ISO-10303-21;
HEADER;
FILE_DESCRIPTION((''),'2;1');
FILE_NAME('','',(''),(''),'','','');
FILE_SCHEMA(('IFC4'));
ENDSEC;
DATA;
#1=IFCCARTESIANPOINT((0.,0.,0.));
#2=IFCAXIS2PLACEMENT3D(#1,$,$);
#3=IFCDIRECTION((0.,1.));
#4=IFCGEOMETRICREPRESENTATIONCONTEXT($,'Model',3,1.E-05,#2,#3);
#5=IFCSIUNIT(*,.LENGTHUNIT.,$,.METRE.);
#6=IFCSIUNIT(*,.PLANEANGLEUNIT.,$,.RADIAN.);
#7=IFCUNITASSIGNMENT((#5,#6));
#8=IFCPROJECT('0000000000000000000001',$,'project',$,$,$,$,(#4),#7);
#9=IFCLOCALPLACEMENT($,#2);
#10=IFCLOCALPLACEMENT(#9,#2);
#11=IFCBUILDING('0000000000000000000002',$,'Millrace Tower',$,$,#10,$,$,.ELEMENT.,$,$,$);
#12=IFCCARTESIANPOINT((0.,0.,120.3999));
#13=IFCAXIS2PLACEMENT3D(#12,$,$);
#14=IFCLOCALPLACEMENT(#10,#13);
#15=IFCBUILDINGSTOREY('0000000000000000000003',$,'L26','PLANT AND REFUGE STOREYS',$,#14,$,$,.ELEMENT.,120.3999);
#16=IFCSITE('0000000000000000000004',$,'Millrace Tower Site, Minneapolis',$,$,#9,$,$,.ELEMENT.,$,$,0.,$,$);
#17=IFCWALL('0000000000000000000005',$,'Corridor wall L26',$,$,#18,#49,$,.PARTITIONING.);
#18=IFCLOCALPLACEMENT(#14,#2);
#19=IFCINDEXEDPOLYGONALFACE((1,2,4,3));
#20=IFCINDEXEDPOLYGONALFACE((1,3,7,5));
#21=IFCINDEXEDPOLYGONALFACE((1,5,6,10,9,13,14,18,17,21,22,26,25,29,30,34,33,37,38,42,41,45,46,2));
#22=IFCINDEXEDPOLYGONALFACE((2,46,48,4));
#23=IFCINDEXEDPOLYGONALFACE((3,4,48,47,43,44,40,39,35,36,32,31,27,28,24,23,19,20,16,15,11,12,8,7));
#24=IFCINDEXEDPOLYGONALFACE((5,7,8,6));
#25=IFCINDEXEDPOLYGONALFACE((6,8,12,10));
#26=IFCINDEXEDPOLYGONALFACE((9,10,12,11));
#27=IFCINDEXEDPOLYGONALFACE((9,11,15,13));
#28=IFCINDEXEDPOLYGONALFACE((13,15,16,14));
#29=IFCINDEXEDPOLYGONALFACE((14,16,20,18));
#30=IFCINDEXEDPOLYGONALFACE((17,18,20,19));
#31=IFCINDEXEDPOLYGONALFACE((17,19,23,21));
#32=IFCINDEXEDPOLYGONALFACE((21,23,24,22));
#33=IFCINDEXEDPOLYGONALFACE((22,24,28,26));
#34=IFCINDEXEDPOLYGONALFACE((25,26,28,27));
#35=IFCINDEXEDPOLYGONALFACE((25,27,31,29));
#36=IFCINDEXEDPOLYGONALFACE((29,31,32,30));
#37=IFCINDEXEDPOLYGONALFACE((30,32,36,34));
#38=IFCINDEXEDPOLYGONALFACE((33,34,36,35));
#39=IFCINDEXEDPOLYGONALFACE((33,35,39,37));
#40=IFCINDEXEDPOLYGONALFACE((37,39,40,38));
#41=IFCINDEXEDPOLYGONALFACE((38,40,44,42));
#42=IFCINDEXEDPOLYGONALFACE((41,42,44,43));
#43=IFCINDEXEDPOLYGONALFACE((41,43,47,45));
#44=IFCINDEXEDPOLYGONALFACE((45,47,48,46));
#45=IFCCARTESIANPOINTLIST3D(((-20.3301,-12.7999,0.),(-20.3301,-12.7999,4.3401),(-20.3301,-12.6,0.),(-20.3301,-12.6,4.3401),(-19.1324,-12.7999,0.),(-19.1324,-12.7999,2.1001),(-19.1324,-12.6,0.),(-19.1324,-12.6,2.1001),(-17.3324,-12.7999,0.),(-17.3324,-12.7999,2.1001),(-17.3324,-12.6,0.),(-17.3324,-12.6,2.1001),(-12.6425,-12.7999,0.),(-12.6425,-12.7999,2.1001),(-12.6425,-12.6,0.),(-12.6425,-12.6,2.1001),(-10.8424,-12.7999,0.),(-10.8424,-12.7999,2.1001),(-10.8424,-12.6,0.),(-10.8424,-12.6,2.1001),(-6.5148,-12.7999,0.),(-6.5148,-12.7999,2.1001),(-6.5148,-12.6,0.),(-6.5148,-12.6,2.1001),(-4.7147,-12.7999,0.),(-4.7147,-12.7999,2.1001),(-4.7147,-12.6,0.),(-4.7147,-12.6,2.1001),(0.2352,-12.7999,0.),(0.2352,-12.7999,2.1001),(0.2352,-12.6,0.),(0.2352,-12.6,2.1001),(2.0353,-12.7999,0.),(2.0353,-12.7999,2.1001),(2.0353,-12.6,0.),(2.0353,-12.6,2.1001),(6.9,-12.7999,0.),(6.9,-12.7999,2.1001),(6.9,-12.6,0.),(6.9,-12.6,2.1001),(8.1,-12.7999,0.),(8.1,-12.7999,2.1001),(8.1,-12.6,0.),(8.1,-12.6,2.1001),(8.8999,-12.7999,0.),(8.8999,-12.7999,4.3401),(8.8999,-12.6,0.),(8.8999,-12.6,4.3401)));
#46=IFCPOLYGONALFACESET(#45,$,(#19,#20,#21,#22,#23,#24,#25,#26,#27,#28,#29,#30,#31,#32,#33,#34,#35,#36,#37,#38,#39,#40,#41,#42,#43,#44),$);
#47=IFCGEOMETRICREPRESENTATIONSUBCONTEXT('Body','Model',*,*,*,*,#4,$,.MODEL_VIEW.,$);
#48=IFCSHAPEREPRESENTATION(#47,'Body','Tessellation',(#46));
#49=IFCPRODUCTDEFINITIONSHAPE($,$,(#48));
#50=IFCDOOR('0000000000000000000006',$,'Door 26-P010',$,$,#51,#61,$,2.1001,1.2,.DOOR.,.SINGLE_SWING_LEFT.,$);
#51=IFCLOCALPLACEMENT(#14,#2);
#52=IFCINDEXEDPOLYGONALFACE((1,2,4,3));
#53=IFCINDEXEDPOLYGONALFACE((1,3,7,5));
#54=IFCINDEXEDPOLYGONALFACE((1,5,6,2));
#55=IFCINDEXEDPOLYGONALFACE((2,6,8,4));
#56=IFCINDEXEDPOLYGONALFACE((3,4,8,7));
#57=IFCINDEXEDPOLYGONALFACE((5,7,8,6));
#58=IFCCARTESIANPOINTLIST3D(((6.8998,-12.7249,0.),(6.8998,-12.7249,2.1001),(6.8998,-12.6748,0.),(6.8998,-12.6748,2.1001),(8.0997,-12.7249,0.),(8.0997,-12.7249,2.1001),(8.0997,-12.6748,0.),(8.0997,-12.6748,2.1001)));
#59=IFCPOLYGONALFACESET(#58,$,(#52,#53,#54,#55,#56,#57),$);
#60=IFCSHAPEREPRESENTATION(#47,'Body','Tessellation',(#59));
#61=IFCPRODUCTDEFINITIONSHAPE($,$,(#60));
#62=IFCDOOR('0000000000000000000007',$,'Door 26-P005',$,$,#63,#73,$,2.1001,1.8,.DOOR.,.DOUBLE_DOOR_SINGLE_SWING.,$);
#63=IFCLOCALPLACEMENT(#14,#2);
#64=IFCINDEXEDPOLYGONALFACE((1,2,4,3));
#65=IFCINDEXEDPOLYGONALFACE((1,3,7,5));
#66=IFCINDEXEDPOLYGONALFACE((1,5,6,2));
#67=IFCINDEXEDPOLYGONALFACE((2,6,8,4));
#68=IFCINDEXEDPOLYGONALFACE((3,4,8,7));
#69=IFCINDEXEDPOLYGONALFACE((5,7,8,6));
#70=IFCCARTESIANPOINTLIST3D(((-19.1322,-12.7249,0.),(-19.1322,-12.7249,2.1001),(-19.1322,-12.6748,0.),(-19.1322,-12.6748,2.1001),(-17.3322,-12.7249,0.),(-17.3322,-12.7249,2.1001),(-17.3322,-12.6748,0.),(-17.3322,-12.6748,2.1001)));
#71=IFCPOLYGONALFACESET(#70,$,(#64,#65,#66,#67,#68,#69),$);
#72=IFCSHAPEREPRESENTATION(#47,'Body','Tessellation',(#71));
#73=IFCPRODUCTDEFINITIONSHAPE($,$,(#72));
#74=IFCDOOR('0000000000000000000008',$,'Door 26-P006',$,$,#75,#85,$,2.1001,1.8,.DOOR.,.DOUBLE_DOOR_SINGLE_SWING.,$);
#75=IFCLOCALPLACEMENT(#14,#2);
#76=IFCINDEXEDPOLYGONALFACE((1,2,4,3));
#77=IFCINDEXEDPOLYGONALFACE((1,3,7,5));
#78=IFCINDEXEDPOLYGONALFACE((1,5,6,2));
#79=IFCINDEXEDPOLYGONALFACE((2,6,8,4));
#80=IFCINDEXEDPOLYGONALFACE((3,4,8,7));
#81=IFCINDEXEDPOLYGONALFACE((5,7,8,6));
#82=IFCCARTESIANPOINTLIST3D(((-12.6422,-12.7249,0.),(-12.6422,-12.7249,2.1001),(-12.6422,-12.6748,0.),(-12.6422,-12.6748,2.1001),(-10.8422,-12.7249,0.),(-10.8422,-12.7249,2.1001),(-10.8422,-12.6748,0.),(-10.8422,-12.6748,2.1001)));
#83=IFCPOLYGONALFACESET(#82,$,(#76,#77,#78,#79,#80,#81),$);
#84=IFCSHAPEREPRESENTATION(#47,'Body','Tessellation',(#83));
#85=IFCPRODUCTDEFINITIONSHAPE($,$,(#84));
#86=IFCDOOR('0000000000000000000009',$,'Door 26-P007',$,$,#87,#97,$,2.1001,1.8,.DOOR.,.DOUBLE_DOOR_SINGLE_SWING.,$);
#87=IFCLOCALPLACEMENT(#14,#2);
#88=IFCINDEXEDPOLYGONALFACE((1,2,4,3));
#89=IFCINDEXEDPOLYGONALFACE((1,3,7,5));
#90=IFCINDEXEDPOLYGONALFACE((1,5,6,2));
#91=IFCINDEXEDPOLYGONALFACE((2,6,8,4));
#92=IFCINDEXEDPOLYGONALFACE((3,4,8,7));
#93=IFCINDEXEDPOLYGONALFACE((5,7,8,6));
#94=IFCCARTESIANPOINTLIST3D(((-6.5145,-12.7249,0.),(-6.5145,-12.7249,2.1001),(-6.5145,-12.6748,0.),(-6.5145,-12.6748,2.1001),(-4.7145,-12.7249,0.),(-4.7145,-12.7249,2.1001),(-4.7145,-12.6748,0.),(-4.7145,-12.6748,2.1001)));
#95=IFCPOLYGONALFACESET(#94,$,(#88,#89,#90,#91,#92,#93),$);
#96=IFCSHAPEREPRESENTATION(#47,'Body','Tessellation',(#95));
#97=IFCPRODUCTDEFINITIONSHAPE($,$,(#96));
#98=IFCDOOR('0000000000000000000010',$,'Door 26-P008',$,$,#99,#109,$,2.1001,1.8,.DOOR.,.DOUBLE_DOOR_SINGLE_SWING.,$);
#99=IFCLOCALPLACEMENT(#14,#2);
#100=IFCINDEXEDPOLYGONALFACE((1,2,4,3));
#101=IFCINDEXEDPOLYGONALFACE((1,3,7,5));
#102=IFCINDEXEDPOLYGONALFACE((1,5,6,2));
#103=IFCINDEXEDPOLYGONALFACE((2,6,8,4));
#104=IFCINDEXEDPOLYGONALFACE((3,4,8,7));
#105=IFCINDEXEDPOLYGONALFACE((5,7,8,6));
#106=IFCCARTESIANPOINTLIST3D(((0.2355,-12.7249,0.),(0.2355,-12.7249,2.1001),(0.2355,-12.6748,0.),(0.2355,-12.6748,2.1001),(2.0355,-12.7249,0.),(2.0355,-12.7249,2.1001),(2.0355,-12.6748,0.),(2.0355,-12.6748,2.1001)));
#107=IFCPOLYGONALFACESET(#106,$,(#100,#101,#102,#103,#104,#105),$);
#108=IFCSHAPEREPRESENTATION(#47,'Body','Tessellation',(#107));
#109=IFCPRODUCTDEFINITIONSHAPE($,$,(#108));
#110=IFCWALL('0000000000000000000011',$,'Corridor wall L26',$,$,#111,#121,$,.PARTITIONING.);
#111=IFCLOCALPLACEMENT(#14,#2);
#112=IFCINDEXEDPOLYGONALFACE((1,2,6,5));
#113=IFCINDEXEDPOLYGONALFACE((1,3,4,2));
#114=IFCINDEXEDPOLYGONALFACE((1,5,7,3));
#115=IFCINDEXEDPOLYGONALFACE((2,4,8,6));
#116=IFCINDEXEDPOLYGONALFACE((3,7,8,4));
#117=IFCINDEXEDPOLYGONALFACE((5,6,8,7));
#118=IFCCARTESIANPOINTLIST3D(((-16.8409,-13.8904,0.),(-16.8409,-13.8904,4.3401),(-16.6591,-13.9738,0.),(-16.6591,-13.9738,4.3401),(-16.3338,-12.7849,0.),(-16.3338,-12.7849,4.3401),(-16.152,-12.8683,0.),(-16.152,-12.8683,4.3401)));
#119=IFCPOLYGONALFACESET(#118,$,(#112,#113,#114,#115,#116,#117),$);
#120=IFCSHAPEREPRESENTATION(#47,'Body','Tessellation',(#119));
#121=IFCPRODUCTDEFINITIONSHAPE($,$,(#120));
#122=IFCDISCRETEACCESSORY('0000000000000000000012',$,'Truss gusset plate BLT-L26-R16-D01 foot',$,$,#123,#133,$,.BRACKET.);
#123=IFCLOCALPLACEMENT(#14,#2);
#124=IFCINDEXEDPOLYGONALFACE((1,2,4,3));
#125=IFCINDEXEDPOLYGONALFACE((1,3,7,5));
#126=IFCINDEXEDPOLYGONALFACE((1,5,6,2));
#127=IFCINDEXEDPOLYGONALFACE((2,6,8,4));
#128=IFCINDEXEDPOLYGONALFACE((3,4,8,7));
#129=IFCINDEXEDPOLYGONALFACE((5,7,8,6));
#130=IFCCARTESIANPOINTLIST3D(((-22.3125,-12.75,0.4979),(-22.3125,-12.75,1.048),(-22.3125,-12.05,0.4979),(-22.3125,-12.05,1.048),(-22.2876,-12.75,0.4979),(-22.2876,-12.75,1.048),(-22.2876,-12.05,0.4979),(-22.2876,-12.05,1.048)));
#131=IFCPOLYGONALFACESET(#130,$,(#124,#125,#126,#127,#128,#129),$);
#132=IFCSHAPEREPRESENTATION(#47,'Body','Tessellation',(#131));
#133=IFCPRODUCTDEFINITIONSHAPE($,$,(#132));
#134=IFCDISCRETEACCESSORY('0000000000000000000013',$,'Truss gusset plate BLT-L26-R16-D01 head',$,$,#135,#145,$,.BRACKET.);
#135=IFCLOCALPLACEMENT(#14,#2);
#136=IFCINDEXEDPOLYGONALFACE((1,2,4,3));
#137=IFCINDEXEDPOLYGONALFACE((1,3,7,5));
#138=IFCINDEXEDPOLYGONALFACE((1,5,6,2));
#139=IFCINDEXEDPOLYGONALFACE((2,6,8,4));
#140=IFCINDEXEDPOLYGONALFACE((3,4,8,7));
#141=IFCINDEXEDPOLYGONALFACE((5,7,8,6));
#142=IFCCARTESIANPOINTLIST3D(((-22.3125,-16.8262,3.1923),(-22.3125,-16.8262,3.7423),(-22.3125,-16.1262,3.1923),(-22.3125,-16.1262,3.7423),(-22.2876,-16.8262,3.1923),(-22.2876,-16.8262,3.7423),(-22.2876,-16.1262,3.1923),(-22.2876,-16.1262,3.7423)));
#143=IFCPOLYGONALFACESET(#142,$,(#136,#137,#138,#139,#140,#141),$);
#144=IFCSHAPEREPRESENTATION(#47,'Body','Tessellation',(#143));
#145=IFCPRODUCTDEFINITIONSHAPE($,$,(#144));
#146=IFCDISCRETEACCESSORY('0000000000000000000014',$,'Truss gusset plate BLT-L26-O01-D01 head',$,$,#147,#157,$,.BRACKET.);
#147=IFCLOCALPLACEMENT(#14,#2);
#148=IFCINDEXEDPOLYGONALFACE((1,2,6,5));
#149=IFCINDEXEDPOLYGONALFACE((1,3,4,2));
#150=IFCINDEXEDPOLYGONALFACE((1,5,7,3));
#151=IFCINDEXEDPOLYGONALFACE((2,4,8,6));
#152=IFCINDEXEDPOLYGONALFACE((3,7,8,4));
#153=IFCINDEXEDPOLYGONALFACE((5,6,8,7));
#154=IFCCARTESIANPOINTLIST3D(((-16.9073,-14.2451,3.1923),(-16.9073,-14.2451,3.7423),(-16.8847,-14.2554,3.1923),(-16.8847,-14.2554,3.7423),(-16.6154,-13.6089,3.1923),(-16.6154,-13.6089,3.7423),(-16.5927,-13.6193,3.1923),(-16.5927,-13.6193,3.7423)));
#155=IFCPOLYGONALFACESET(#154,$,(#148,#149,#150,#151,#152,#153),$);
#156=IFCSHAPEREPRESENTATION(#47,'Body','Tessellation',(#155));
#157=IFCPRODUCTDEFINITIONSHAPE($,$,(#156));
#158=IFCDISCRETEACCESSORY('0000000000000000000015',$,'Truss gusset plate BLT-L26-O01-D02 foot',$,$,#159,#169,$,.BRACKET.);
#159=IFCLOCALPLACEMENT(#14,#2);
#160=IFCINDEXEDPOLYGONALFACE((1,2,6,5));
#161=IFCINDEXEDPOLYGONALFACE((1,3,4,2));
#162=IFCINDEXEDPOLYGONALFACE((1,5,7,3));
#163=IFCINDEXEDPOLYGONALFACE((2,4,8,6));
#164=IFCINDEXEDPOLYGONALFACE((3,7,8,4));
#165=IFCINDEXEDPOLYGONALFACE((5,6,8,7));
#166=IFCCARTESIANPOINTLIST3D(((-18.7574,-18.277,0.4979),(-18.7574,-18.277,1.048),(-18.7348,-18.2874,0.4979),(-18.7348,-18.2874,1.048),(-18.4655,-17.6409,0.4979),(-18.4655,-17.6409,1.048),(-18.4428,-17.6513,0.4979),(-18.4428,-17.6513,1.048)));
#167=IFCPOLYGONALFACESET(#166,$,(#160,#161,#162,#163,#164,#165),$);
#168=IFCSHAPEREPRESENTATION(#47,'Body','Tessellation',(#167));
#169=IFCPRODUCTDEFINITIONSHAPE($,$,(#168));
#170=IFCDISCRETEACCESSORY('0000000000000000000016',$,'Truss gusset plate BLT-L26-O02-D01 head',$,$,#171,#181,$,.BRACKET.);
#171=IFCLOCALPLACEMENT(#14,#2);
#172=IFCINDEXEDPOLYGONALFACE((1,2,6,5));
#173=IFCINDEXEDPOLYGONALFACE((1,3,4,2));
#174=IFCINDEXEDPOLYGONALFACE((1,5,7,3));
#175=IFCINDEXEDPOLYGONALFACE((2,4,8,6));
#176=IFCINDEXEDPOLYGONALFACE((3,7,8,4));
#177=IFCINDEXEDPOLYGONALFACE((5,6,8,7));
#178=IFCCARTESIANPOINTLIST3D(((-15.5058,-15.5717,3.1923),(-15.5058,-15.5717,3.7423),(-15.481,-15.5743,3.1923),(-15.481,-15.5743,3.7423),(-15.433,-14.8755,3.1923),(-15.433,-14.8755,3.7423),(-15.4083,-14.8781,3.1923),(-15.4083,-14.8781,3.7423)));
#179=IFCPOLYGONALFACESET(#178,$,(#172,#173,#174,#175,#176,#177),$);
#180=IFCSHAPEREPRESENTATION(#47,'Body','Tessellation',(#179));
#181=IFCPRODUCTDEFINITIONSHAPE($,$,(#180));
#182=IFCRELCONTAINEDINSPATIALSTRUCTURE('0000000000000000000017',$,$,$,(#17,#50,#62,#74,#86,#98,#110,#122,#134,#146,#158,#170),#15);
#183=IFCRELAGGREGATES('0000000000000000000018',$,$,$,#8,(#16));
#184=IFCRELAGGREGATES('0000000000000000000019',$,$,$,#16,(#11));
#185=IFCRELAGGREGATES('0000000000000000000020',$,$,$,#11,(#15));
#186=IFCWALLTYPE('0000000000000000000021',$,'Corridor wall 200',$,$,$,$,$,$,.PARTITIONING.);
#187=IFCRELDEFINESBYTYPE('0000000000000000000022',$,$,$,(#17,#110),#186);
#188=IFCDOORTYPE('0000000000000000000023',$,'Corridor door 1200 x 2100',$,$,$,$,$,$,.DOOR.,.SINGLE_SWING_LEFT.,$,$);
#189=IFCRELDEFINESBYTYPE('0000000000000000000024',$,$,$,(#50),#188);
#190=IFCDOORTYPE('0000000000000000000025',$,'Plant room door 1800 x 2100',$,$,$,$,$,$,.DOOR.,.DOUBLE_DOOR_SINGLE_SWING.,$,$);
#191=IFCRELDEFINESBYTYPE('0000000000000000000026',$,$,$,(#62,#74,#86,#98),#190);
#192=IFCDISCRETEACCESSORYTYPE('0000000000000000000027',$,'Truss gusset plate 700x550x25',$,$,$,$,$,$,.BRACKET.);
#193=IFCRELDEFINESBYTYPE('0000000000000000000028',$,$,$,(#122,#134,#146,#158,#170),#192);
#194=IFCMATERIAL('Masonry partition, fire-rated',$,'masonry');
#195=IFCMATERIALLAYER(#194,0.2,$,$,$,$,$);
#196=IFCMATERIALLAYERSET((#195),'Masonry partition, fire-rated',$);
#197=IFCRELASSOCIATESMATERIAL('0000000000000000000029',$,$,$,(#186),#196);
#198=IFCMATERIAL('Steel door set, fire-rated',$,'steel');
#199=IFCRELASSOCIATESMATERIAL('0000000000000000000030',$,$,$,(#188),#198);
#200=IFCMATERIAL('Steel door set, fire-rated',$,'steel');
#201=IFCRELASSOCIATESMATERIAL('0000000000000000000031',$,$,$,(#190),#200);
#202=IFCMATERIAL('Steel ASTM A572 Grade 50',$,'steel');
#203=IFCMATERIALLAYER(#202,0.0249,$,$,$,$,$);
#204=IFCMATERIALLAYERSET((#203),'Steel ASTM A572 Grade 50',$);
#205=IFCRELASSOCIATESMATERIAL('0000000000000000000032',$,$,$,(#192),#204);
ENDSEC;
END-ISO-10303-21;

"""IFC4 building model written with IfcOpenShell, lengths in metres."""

from ifc_helpers import new_model, si_unit, direction, frame, frame_2d, origin, origin_2d, place, context, subcontext, project, spatial, rectangle, extrude, material, layer, layer_set, type_object, element, fill, save


model = new_model("IFC4")

# Units and contexts
model_context = context("Model", 3, precision=1e-05, world=origin(), true_north=direction((0.0, 1.0)))
body_context = subcontext(model_context, "Body", "Model", "MODEL_VIEW")
ifc_project = project(units=[si_unit("LENGTHUNIT", "METRE"), si_unit("PLANEANGLEUNIT", "RADIAN")], contexts=[model_context])

# Site, building, storey
site_placement = place(None, origin())
site = spatial("IfcSite", under=ifc_project, at=site_placement, Name="Millrace Tower Site, Minneapolis", CompositionType="ELEMENT", RefElevation=0.0)
building_placement = place(site_placement, origin())
building = spatial("IfcBuilding", under=site, at=building_placement, Name="Millrace Tower", CompositionType="ELEMENT")
storey_placement = place(building_placement, frame((0.0, 0.0, 120.3999)))
storey = spatial("IfcBuildingStorey", under=building, at=storey_placement, Name="L26", Description="PLANT AND REFUGE STOREYS", CompositionType="ELEMENT", Elevation=120.3999)

# Wall, openings, doors
ifc_material_1 = material(Name="Masonry partition, fire-rated", Category="masonry")
ifc_layer_1 = layer(ifc_material_1, 0.2)
ifc_layer_set_1 = layer_set([ifc_layer_1], Name="Masonry partition, fire-rated")
wall_type = type_object("IfcWallType", Name="Corridor wall 200", PredefinedType="PARTITIONING", material=ifc_layer_set_1)
wall_1_placement = place(storey_placement, frame((-20.3301, -12.7, 0.0), z_axis=(0.0, 0.0, 1.0), x_axis=(1.0, 0.0, 0.0)))
wall_1 = element("IfcWall", 1, at=wall_1_placement, inside=storey, type_object=wall_type, Name="Corridor wall L26", PredefinedType="PARTITIONING", context=body_context, shape_type="SweptSolid", body=[
    extrude(rectangle(XDim=29.23, YDim=0.2, at=frame_2d((14.615, 0.0))), origin(), (0.0, 0.0, 1.0), 4.3401),
])
opening_1_placement = place(wall_1_placement, frame((1.1978, 0.0, 0.0)))
opening_1 = element("IfcOpeningElement", 2, at=opening_1_placement, cuts=wall_1, PredefinedType="OPENING", context=body_context, shape_type="SweptSolid", body=[
    extrude(rectangle(XDim=1.8, YDim=2.1001, at=frame_2d((0.8999, 1.05))), frame((0.0, 0.1099, 0.0), z_axis=(0.0, -1.0, 0.0), x_axis=(1.0, 0.0, 0.0)), (0.0, 0.0, 1.0), 0.22),
])
opening_2_placement = place(wall_1_placement, frame((7.6877, 0.0, 0.0)))
opening_2 = element("IfcOpeningElement", 3, at=opening_2_placement, cuts=wall_1, PredefinedType="OPENING", context=body_context, shape_type="SweptSolid", body=[
    extrude(rectangle(XDim=1.8, YDim=2.1001, at=frame_2d((0.8999, 1.05))), frame((0.0, 0.1099, 0.0), z_axis=(0.0, -1.0, 0.0), x_axis=(1.0, 0.0, 0.0)), (0.0, 0.0, 1.0), 0.22),
])
opening_3_placement = place(wall_1_placement, frame((13.8154, 0.0, 0.0)))
opening_3 = element("IfcOpeningElement", 4, at=opening_3_placement, cuts=wall_1, PredefinedType="OPENING", context=body_context, shape_type="SweptSolid", body=[
    extrude(rectangle(XDim=1.8, YDim=2.1001, at=frame_2d((0.8999, 1.05))), frame((0.0, 0.1099, 0.0), z_axis=(0.0, -1.0, 0.0), x_axis=(1.0, 0.0, 0.0)), (0.0, 0.0, 1.0), 0.22),
])
opening_4_placement = place(wall_1_placement, frame((20.5654, 0.0, 0.0)))
opening_4 = element("IfcOpeningElement", 5, at=opening_4_placement, cuts=wall_1, PredefinedType="OPENING", context=body_context, shape_type="SweptSolid", body=[
    extrude(rectangle(XDim=1.8, YDim=2.1001, at=frame_2d((0.8999, 1.05))), frame((0.0, 0.1099, 0.0), z_axis=(0.0, -1.0, 0.0), x_axis=(1.0, 0.0, 0.0)), (0.0, 0.0, 1.0), 0.22),
])
opening_5_placement = place(wall_1_placement, frame((27.23, 0.0, 0.0)))
opening_5 = element("IfcOpeningElement", 6, at=opening_5_placement, cuts=wall_1, PredefinedType="OPENING", context=body_context, shape_type="SweptSolid", body=[
    extrude(rectangle(XDim=1.2, YDim=2.1001, at=frame_2d((0.6001, 1.05))), frame((0.0, 0.1099, 0.0), z_axis=(0.0, -1.0, 0.0), x_axis=(1.0, 0.0, 0.0)), (0.0, 0.0, 1.0), 0.22),
])
ifc_material_2 = material(Name="Steel door set, fire-rated", Category="steel")
door_type_1 = type_object("IfcDoorType", Name="Corridor door 1200 x 2100", OperationType="SINGLE_SWING_LEFT", PredefinedType="DOOR", material=ifc_material_2)
door_1_placement = place(opening_5_placement, frame((1.2, 0.0, 0.0), z_axis=(0.0, 0.0, 1.0), x_axis=(-1.0, 0.0, 0.0)))
door_1 = element("IfcDoor", 7, at=door_1_placement, inside=storey, type_object=door_type_1, Name="Door 26-P010", OperationType="SINGLE_SWING_LEFT", OverallHeight=2.1001, OverallWidth=1.2, PredefinedType="DOOR", context=body_context, shape_type="SweptSolid", body=[
    extrude(rectangle(XDim=1.2, YDim=2.1001, at=frame_2d((0.6001, 1.05))), frame((0.0, 0.0249, 0.0), z_axis=(0.0, -1.0, 0.0), x_axis=(1.0, 0.0, 0.0)), (0.0, 0.0, 1.0), 0.05),
])
fill(opening_5, door_1)
ifc_material_3 = material(Name="Steel door set, fire-rated", Category="steel")
door_type_2 = type_object("IfcDoorType", Name="Plant room door 1800 x 2100", OperationType="DOUBLE_DOOR_SINGLE_SWING", PredefinedType="DOOR", material=ifc_material_3)
door_2_placement = place(opening_1_placement, frame((1.8, 0.0, 0.0), z_axis=(0.0, 0.0, 1.0), x_axis=(-1.0, 0.0, 0.0)))
door_2 = element("IfcDoor", 8, at=door_2_placement, inside=storey, type_object=door_type_2, Name="Door 26-P005", OperationType="DOUBLE_DOOR_SINGLE_SWING", OverallHeight=2.1001, OverallWidth=1.8, PredefinedType="DOOR", context=body_context, shape_type="SweptSolid", body=[
    extrude(rectangle(XDim=1.8, YDim=2.1001, at=frame_2d((0.8999, 1.05))), frame((0.0, 0.0249, 0.0), z_axis=(0.0, -1.0, 0.0), x_axis=(1.0, 0.0, 0.0)), (0.0, 0.0, 1.0), 0.05),
])
fill(opening_1, door_2)
door_3_placement = place(opening_2_placement, frame((1.8, 0.0, 0.0), z_axis=(0.0, 0.0, 1.0), x_axis=(-1.0, 0.0, 0.0)))
door_3 = element("IfcDoor", 9, at=door_3_placement, inside=storey, type_object=door_type_2, Name="Door 26-P006", OperationType="DOUBLE_DOOR_SINGLE_SWING", OverallHeight=2.1001, OverallWidth=1.8, PredefinedType="DOOR", context=body_context, shape_type="SweptSolid", body=[
    extrude(rectangle(XDim=1.8, YDim=2.1001, at=frame_2d((0.8999, 1.05))), frame((0.0, 0.0249, 0.0), z_axis=(0.0, -1.0, 0.0), x_axis=(1.0, 0.0, 0.0)), (0.0, 0.0, 1.0), 0.05),
])
fill(opening_2, door_3)
door_4_placement = place(opening_3_placement, frame((1.8, 0.0, 0.0), z_axis=(0.0, 0.0, 1.0), x_axis=(-1.0, 0.0, 0.0)))
door_4 = element("IfcDoor", 10, at=door_4_placement, inside=storey, type_object=door_type_2, Name="Door 26-P007", OperationType="DOUBLE_DOOR_SINGLE_SWING", OverallHeight=2.1001, OverallWidth=1.8, PredefinedType="DOOR", context=body_context, shape_type="SweptSolid", body=[
    extrude(rectangle(XDim=1.8, YDim=2.1001, at=frame_2d((0.8999, 1.05))), frame((0.0, 0.0249, 0.0), z_axis=(0.0, -1.0, 0.0), x_axis=(1.0, 0.0, 0.0)), (0.0, 0.0, 1.0), 0.05),
])
fill(opening_3, door_4)
door_5_placement = place(opening_4_placement, frame((1.8, 0.0, 0.0), z_axis=(0.0, 0.0, 1.0), x_axis=(-1.0, 0.0, 0.0)))
door_5 = element("IfcDoor", 11, at=door_5_placement, inside=storey, type_object=door_type_2, Name="Door 26-P008", OperationType="DOUBLE_DOOR_SINGLE_SWING", OverallHeight=2.1001, OverallWidth=1.8, PredefinedType="DOOR", context=body_context, shape_type="SweptSolid", body=[
    extrude(rectangle(XDim=1.8, YDim=2.1001, at=frame_2d((0.8999, 1.05))), frame((0.0, 0.0249, 0.0), z_axis=(0.0, -1.0, 0.0), x_axis=(1.0, 0.0, 0.0)), (0.0, 0.0, 1.0), 0.05),
])
fill(opening_4, door_5)

# Wall
wall_2_placement = place(storey_placement, frame((-16.75, -13.9321, 0.0), z_axis=(0.0, 0.0, 1.0), x_axis=(0.416931, 0.908938, 0.0)))
element("IfcWall", 12, at=wall_2_placement, inside=storey, type_object=wall_type, Name="Corridor wall L26", PredefinedType="PARTITIONING", context=body_context, shape_type="SweptSolid", body=[
    extrude(rectangle(XDim=1.2163, YDim=0.2, at=frame_2d((0.6082, 0.0))), origin(), (0.0, 0.0, 1.0), 4.3401),
])

# Discrete accessories
ifc_material_4 = material(Name="Steel ASTM A572 Grade 50", Category="steel")
ifc_layer_2 = layer(ifc_material_4, 0.0249)
ifc_layer_set_2 = layer_set([ifc_layer_2], Name="Steel ASTM A572 Grade 50")
discrete_accessory_type = type_object("IfcDiscreteAccessoryType", Name="Truss gusset plate 700x550x25", PredefinedType="BRACKET", material=ifc_layer_set_2)
for number, where, z_axis, x_axis, name in (
    (13, (-22.3, -12.75, 0.7729), (0.0, 1.0, 0.0), (-1.0, 0.0, 0.0), "Truss gusset plate BLT-L26-R16-D01 foot"),
    (14, (-22.3, -16.8262, 3.4673), (0.0, 1.0, 0.0), (-1.0, 0.0, 0.0), "Truss gusset plate BLT-L26-R16-D01 head"),
    (15, (-16.896, -14.2502, 3.4673), (0.417111, 0.908856, 0.0), (-0.908856, 0.417111, 0.0), "Truss gusset plate BLT-L26-O01-D01 head"),
    (16, (-18.7461, -18.2822, 0.7729), (0.417111, 0.908856, 0.0), (-0.908856, 0.417111, 0.0), "Truss gusset plate BLT-L26-O01-D02 foot"),
    (17, (-15.4934, -15.573, 3.4673), (0.103958, 0.994582, 0.0), (-0.994582, 0.103958, 0.0), "Truss gusset plate BLT-L26-O02-D01 head"),
):
    element("IfcDiscreteAccessory", number, at=place(storey_placement, frame(where, z_axis=z_axis, x_axis=x_axis)), inside=storey, type_object=discrete_accessory_type, Name=name, PredefinedType="BRACKET", context=body_context, shape_type="SweptSolid", body=[
        extrude(rectangle(XDim=0.0249, YDim=0.55, at=origin_2d()), origin(), (0.0, 0.0, 1.0), 0.7),
    ])

save(model, "model.ifc")
